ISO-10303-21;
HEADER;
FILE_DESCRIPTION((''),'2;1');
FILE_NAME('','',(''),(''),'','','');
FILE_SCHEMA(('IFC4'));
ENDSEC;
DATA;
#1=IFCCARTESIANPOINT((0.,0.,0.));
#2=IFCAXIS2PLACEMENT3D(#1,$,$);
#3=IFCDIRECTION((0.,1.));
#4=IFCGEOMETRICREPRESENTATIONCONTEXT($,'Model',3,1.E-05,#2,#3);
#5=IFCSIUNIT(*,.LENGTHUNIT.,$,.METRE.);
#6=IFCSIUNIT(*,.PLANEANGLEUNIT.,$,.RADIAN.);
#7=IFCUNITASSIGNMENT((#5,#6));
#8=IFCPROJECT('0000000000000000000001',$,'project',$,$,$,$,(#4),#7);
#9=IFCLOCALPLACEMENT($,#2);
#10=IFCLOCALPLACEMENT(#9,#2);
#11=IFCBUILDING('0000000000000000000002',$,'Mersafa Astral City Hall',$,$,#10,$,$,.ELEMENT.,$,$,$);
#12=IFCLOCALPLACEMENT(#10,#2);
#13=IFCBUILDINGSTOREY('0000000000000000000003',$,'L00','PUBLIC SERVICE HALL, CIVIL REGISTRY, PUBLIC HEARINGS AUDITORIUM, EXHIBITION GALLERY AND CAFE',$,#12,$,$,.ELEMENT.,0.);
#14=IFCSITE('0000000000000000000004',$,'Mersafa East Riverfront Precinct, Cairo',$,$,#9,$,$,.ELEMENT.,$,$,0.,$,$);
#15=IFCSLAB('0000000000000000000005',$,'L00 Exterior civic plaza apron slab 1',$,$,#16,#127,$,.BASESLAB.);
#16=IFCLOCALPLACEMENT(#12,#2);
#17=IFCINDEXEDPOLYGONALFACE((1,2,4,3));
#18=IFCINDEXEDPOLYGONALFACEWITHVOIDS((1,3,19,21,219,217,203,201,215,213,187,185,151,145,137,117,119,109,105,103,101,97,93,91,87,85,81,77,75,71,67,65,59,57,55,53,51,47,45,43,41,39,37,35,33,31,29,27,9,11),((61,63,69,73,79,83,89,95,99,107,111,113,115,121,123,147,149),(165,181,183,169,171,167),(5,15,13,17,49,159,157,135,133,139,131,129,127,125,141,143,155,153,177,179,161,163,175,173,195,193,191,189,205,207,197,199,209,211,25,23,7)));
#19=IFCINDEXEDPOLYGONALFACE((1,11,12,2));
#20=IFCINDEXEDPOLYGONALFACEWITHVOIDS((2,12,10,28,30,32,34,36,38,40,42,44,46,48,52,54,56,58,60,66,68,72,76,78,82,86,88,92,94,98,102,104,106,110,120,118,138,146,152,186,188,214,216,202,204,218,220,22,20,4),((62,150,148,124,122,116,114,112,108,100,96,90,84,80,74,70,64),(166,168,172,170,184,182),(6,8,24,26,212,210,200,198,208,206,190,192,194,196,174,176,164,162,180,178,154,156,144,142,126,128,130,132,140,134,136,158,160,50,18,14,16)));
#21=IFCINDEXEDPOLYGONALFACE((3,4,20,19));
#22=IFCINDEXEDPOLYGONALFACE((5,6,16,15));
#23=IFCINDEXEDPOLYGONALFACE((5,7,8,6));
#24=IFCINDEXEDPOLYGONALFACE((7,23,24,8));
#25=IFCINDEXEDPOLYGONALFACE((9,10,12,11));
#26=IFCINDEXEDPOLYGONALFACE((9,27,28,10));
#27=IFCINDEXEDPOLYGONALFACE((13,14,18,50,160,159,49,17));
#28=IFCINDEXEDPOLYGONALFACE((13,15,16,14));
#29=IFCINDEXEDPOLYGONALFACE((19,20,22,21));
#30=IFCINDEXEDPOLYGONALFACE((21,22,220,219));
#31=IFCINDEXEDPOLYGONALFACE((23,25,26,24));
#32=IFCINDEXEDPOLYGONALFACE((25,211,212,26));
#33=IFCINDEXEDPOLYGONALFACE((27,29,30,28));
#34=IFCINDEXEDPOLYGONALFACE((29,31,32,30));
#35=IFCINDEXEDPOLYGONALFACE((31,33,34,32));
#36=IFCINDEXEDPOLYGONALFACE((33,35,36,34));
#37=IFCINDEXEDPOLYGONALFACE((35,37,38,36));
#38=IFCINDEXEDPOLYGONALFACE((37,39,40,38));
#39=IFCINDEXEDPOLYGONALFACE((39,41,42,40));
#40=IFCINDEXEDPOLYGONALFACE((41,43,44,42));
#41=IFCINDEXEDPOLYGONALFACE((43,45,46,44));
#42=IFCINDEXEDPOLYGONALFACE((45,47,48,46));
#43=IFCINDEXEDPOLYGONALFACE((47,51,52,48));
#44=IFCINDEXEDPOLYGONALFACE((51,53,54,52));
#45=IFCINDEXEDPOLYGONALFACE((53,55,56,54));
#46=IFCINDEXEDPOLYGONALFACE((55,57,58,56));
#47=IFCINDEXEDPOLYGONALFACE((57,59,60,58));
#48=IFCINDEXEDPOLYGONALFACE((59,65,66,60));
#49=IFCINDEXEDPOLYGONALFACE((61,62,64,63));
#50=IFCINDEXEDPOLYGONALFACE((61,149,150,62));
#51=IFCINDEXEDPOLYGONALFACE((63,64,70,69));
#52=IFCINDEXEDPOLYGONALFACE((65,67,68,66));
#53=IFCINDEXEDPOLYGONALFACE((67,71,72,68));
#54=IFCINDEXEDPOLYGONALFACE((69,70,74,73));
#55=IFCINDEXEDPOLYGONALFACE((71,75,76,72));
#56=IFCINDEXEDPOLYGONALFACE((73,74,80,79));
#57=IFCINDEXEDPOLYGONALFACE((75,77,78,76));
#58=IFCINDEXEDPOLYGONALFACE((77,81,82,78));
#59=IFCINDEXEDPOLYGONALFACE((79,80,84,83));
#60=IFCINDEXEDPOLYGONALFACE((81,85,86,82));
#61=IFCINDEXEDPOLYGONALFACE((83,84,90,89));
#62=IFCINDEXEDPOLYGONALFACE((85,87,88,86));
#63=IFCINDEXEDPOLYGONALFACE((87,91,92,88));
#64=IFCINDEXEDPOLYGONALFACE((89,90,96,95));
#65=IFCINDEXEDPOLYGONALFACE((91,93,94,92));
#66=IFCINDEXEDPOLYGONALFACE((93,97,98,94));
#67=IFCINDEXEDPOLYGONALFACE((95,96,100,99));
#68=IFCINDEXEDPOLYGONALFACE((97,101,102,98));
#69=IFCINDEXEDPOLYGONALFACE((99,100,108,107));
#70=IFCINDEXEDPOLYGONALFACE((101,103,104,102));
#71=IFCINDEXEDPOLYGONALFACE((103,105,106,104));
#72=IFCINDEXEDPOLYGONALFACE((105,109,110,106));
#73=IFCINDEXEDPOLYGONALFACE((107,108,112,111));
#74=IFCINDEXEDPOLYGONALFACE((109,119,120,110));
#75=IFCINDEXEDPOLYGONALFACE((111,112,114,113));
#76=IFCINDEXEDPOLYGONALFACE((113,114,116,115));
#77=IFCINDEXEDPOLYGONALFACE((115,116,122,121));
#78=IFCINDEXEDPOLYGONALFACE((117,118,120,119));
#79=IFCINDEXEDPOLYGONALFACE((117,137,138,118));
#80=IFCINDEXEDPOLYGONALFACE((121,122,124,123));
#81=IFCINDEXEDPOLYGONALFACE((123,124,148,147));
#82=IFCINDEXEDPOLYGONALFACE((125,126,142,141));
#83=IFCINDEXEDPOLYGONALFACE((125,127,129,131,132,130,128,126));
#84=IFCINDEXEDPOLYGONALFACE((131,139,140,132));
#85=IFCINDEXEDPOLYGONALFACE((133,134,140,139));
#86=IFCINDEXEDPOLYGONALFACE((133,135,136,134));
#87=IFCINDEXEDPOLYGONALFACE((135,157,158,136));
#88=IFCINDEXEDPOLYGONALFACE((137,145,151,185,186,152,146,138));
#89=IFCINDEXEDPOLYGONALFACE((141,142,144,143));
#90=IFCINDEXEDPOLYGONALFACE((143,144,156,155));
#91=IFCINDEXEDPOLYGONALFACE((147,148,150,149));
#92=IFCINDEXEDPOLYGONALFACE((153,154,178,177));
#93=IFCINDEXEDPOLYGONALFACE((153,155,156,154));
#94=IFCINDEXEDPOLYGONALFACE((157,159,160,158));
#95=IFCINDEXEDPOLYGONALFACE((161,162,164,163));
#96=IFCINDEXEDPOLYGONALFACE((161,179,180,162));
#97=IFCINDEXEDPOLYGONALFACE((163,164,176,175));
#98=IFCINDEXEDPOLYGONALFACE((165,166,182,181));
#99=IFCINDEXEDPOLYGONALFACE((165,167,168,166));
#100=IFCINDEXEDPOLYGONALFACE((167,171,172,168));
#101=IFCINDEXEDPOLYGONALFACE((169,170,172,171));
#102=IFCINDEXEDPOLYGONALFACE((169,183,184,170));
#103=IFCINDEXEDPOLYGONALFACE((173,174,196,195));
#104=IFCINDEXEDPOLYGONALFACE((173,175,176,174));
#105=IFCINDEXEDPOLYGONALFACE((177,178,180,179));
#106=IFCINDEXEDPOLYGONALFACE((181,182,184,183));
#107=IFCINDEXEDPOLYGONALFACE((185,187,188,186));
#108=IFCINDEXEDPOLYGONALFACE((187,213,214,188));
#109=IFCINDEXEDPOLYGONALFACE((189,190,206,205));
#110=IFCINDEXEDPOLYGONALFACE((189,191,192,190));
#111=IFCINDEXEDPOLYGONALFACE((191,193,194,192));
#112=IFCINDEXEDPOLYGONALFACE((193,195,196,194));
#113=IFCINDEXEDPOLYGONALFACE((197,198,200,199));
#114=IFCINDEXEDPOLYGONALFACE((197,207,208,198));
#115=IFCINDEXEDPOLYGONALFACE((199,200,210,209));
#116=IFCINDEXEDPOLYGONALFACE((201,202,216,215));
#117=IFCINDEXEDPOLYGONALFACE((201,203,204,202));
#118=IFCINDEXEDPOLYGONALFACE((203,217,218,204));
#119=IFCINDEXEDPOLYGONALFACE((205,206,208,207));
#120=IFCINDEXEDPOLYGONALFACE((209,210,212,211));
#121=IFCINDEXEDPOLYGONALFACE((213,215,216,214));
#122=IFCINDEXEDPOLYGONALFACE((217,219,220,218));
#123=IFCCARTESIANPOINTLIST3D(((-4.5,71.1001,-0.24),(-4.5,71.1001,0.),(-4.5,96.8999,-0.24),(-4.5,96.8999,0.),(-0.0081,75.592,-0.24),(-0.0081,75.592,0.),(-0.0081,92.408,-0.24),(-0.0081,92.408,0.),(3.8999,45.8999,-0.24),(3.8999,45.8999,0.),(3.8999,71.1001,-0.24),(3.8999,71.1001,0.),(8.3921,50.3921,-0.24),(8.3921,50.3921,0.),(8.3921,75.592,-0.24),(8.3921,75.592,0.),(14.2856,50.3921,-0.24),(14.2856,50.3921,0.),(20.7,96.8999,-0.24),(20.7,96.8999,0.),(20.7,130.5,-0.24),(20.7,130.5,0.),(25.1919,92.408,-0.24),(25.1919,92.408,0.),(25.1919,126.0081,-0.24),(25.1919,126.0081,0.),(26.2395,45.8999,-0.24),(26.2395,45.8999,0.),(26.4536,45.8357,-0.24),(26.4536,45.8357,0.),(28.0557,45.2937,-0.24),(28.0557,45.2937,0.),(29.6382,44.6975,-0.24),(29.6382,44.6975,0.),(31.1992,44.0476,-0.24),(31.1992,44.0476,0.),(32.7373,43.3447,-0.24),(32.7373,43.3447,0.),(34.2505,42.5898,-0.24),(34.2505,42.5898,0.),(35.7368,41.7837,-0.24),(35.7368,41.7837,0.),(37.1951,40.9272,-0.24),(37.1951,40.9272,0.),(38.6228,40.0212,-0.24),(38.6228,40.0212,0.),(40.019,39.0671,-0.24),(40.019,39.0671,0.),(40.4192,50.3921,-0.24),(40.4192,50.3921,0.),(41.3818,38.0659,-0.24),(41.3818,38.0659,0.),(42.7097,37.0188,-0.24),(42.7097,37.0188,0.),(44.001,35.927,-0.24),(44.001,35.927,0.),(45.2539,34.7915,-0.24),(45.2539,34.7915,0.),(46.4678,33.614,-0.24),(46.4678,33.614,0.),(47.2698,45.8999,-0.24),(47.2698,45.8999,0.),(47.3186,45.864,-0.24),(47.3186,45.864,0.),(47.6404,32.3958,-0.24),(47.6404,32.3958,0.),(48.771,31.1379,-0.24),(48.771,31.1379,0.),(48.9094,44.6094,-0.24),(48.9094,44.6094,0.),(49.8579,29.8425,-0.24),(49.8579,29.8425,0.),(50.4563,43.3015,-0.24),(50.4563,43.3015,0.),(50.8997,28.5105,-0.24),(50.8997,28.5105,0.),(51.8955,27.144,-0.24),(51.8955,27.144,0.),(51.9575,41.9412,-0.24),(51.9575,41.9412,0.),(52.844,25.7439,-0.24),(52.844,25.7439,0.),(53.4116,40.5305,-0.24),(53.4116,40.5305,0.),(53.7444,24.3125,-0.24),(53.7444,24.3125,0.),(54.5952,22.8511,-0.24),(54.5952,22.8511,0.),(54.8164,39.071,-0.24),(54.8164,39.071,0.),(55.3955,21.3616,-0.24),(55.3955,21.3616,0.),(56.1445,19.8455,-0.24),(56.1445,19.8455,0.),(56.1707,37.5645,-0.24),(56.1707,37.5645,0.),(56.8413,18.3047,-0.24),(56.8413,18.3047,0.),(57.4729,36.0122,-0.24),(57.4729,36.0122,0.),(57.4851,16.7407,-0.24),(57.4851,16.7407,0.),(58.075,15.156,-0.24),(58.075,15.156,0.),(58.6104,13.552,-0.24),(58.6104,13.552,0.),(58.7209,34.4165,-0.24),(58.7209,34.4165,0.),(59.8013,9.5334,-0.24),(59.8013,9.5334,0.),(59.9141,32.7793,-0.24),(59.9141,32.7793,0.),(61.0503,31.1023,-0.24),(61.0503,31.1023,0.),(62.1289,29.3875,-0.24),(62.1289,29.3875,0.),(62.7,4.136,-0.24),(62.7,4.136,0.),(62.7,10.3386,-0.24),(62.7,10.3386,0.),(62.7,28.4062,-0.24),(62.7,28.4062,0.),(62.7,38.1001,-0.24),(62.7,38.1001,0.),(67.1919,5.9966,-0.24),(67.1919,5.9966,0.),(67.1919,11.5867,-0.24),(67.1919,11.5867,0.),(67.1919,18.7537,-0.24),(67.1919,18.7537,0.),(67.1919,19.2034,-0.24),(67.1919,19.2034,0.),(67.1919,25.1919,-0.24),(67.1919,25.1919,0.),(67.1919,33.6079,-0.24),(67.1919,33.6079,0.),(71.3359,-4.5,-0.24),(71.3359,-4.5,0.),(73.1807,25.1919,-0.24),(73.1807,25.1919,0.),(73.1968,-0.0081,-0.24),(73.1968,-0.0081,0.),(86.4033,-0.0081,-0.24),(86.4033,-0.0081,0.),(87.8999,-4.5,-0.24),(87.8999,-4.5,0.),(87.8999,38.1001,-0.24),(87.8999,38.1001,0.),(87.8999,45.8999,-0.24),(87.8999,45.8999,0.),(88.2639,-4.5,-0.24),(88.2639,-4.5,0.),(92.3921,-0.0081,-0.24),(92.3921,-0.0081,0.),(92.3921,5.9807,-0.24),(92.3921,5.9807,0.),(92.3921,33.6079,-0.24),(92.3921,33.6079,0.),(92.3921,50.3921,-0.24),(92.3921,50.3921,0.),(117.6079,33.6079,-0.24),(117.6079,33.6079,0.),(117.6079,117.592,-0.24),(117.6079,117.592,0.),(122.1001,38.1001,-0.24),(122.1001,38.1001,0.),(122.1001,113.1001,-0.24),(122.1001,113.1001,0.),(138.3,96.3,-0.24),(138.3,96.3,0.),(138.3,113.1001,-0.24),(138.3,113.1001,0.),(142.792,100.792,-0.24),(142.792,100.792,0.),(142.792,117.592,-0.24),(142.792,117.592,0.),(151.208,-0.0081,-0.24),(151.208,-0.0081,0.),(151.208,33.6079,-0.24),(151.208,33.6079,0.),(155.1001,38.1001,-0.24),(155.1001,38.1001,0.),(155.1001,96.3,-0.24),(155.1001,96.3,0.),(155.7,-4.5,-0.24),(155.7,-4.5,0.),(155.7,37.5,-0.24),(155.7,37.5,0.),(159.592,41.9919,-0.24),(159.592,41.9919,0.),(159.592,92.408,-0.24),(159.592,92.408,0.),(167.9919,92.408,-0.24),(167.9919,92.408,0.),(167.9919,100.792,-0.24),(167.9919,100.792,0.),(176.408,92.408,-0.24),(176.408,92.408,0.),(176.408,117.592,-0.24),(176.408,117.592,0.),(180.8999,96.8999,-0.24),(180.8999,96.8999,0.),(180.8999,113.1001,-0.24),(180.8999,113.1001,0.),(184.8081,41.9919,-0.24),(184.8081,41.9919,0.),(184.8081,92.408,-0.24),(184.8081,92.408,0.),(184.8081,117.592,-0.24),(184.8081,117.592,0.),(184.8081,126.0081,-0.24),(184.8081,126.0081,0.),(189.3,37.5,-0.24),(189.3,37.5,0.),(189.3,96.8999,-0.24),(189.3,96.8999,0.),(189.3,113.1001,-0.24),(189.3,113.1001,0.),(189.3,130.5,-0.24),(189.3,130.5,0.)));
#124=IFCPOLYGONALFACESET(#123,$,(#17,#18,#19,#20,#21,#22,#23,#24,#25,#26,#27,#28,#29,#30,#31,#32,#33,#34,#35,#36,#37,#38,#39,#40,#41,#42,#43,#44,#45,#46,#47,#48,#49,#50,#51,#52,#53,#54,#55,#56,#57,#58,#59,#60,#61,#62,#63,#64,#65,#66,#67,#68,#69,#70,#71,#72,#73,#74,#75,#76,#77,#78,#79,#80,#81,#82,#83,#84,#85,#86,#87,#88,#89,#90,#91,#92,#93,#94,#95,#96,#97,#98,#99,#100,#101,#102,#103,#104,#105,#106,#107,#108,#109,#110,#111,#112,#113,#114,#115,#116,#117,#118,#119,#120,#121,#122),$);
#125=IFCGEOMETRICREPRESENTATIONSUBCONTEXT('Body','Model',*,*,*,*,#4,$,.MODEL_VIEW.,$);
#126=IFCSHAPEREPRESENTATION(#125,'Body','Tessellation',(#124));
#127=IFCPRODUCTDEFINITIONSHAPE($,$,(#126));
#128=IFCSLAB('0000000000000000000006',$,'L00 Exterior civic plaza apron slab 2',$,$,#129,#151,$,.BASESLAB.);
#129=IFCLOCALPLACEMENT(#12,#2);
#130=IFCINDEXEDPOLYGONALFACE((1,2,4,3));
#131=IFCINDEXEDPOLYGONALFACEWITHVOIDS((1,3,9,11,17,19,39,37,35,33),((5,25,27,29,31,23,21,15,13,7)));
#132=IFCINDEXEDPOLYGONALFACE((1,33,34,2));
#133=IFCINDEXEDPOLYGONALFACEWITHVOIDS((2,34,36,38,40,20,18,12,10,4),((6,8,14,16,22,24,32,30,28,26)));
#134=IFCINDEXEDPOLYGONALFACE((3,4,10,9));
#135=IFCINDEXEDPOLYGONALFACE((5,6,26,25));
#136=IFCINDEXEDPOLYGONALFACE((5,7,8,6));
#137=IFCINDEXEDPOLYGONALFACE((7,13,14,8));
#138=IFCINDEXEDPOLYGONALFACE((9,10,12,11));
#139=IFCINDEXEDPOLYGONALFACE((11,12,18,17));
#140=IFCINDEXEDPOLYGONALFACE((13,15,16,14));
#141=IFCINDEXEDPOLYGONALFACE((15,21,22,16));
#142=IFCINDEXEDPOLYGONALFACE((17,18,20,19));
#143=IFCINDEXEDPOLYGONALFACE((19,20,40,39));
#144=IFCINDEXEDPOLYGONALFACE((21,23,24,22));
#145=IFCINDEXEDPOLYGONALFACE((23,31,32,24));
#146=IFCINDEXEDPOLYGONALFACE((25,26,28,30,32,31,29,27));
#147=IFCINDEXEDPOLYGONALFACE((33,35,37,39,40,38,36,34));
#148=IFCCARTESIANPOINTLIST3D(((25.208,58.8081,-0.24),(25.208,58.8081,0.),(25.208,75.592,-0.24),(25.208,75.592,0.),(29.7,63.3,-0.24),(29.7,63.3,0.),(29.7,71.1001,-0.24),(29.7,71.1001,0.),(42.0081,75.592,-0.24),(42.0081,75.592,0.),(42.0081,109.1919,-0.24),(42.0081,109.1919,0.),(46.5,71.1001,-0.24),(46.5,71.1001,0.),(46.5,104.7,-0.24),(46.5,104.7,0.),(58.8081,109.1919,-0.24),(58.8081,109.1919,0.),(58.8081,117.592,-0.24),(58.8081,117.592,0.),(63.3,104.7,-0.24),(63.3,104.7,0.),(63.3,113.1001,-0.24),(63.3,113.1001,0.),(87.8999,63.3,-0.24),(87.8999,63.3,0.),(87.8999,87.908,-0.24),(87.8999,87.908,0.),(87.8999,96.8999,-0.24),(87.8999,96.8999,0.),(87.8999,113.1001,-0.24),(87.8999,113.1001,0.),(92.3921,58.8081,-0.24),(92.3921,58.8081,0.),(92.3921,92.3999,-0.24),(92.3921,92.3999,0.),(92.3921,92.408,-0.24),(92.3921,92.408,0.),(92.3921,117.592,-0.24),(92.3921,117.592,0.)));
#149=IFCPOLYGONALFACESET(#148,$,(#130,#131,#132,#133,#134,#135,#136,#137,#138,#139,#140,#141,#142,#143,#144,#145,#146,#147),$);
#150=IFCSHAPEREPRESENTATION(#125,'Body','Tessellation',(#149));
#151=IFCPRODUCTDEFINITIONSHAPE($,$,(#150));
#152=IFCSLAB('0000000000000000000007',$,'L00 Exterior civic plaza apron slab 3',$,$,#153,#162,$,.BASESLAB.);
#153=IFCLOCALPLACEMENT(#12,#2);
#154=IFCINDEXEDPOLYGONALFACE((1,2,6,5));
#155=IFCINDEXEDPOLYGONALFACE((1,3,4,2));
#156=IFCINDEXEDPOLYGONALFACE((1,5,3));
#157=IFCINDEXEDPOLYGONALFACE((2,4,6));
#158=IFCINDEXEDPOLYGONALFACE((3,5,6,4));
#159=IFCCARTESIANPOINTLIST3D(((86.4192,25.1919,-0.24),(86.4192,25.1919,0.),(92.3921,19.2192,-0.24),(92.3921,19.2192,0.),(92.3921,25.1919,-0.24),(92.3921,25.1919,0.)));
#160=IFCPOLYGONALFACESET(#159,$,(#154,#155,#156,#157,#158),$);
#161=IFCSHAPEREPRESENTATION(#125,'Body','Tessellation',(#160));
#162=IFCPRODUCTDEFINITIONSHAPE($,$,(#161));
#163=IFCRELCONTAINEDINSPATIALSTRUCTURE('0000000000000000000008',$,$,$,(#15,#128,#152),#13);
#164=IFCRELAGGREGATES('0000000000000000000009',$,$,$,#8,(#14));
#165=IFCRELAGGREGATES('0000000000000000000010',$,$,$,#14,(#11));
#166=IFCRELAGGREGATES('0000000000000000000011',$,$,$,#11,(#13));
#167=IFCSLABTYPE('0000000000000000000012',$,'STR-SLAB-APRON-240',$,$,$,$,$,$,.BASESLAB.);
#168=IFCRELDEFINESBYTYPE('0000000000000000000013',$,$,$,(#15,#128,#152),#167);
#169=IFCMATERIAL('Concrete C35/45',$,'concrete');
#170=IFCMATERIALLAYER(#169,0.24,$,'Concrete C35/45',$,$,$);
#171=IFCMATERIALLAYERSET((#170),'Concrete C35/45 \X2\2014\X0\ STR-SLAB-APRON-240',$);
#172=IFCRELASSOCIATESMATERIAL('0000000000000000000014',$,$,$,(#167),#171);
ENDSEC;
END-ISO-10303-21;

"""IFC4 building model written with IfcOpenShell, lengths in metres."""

from ifc_helpers import new_model, si_unit, direction, frame, origin, place, context, subcontext, project, spatial, polyline, outline, extrude, material, layer, layer_set, type_object, element, save


model = new_model("IFC4")

# Units and contexts
model_context = context("Model", 3, precision=1e-05, world=origin(), true_north=direction((0.0, 1.0)))
body_context = subcontext(model_context, "Body", "Model", "MODEL_VIEW")
ifc_project = project(units=[si_unit("LENGTHUNIT", "METRE"), si_unit("PLANEANGLEUNIT", "RADIAN")], contexts=[model_context])

# Site, building, storey
site_placement = place(None, origin())
site = spatial("IfcSite", under=ifc_project, at=site_placement, Name="Mersafa East Riverfront Precinct, Cairo", CompositionType="ELEMENT", RefElevation=0.0)
building_placement = place(site_placement, origin())
building = spatial("IfcBuilding", under=site, at=building_placement, Name="Mersafa Astral City Hall", CompositionType="ELEMENT")
storey_placement = place(building_placement, origin())
storey = spatial("IfcBuildingStorey", under=building, at=storey_placement, Name="L00", Description="PUBLIC SERVICE HALL, CIVIL REGISTRY, PUBLIC HEARINGS AUDITORIUM, EXHIBITION GALLERY AND CAFE", CompositionType="ELEMENT", Elevation=0.0)

# Slabs
ifc_material_1 = material(Name="Concrete C35/45", Category="concrete")
ifc_layer_1 = layer(ifc_material_1, 0.24, Name="Concrete C35/45")
ifc_layer_set_1 = layer_set([ifc_layer_1], Name="Concrete C35/45 — STR-SLAB-APRON-240")
slab_type_1 = type_object("IfcSlabType", Name="STR-SLAB-APRON-240", PredefinedType="BASESLAB", material=ifc_layer_set_1)
slab_1_placement = place(storey_placement, frame((0.0, 0.0, -0.24)))
element("IfcSlab", 1, at=slab_1_placement, inside=storey, type_object=slab_type_1, Name="L00 Exterior civic plaza apron slab 1", PredefinedType="BASESLAB", context=body_context, shape_type="SweptSolid", body=[
    extrude(outline(polyline([(59.8013, 9.5334), (58.6104, 13.552), (58.075, 15.156), (57.4851, 16.7407), (56.8413, 18.3047), (56.1445, 19.8455), (55.3955, 21.3616), (54.5952, 22.8511), (53.7444, 24.3125), (52.844, 25.7439), (51.8955, 27.144), (50.8997, 28.5105), (49.8579, 29.8425), (48.771, 31.1379), (47.6404, 32.3958), (46.4678, 33.614), (45.2539, 34.7915), (44.001, 35.927), (42.7097, 37.0188), (41.3818, 38.0659), (40.019, 39.0671), (38.6228, 40.0212), (37.1951, 40.9272), (35.7368, 41.7837), (34.2505, 42.5898), (32.7373, 43.3447), (31.1992, 44.0476), (29.6382, 44.6975), (28.0557, 45.2937), (26.4536, 45.8357), (26.2395, 45.8999), (3.8999, 45.8999), (3.8999, 71.1001), (-4.5, 71.1001), (-4.5, 96.8999), (20.7, 96.8999), (20.7, 130.5), (189.3, 130.5), (189.3, 113.1001), (180.8999, 113.1001), (180.8999, 96.8999), (189.3, 96.8999), (189.3, 37.5), (155.7, 37.5), (155.7, -4.5), (88.2639, -4.5), (87.8999, -4.5), (71.3359, -4.5), (62.7, 4.136), (62.7, 10.3386), (59.8013, 9.5334)]), holes=[polyline([(47.3186, 45.864), (48.9094, 44.6094), (50.4563, 43.3015), (51.9575, 41.9412), (53.4116, 40.5305), (54.8164, 39.071), (56.1707, 37.5645), (57.4729, 36.0122), (58.7209, 34.4165), (59.9141, 32.7793), (61.0503, 31.1023), (62.1289, 29.3875), (62.7, 28.4062), (62.7, 38.1001), (87.8999, 38.1001), (87.8999, 45.8999), (47.2698, 45.8999), (47.3186, 45.864)]), polyline([(67.1919, 11.5867), (67.1919, 5.9966), (73.1968, -0.0081), (86.4033, -0.0081), (92.3921, 5.9807), (92.3921, -0.0081), (151.208, -0.0081), (151.208, 33.6079), (117.6079, 33.6079), (117.6079, 117.592), (142.792, 117.592), (142.792, 100.792), (167.9919, 100.792), (167.9919, 92.408), (159.592, 92.408), (159.592, 41.9919), (184.8081, 41.9919), (184.8081, 92.408), (176.408, 92.408), (176.408, 117.592), (184.8081, 117.592), (184.8081, 126.0081), (25.1919, 126.0081), (25.1919, 92.408), (-0.0081, 92.408), (-0.0081, 75.592), (8.3921, 75.592), (8.3921, 50.3921), (14.2856, 50.3921), (40.4192, 50.3921), (92.3921, 50.3921), (92.3921, 33.6079), (67.1919, 33.6079), (67.1919, 25.1919), (73.1807, 25.1919), (67.1919, 19.2034), (67.1919, 18.7537), (67.1919, 11.5867)]), polyline([(138.3, 113.1001), (122.1001, 113.1001), (122.1001, 38.1001), (155.1001, 38.1001), (155.1001, 96.3), (138.3, 96.3), (138.3, 113.1001)])]), origin(), (0.0, 0.0, 1.0), 0.24),
])
slab_2_placement = place(storey_placement, frame((0.0, 0.0, -0.24)))
element("IfcSlab", 2, at=slab_2_placement, inside=storey, type_object=slab_type_1, Name="L00 Exterior civic plaza apron slab 2", PredefinedType="BASESLAB", context=body_context, shape_type="SweptSolid", body=[
    extrude(outline(polyline([(58.8081, 109.1919), (58.8081, 117.592), (92.3921, 117.592), (92.3921, 92.408), (92.3921, 92.3999), (92.3921, 58.8081), (25.208, 58.8081), (25.208, 75.592), (42.0081, 75.592), (42.0081, 109.1919), (58.8081, 109.1919)]), holes=[polyline([(87.8999, 87.908), (87.8999, 96.8999), (87.8999, 113.1001), (63.3, 113.1001), (63.3, 104.7), (46.5, 104.7), (46.5, 71.1001), (29.7, 71.1001), (29.7, 63.3), (87.8999, 63.3), (87.8999, 87.908)])]), origin(), (0.0, 0.0, 1.0), 0.24),
])
slab_3_placement = place(storey_placement, frame((0.0, 0.0, -0.24)))
element("IfcSlab", 3, at=slab_3_placement, inside=storey, type_object=slab_type_1, Name="L00 Exterior civic plaza apron slab 3", PredefinedType="BASESLAB", context=body_context, shape_type="SweptSolid", body=[
    extrude(outline(polyline([(92.3921, 25.1919), (92.3921, 19.2192), (86.4192, 25.1919), (92.3921, 25.1919)])), origin(), (0.0, 0.0, 1.0), 0.24),
])

save(model, "model.ifc")
